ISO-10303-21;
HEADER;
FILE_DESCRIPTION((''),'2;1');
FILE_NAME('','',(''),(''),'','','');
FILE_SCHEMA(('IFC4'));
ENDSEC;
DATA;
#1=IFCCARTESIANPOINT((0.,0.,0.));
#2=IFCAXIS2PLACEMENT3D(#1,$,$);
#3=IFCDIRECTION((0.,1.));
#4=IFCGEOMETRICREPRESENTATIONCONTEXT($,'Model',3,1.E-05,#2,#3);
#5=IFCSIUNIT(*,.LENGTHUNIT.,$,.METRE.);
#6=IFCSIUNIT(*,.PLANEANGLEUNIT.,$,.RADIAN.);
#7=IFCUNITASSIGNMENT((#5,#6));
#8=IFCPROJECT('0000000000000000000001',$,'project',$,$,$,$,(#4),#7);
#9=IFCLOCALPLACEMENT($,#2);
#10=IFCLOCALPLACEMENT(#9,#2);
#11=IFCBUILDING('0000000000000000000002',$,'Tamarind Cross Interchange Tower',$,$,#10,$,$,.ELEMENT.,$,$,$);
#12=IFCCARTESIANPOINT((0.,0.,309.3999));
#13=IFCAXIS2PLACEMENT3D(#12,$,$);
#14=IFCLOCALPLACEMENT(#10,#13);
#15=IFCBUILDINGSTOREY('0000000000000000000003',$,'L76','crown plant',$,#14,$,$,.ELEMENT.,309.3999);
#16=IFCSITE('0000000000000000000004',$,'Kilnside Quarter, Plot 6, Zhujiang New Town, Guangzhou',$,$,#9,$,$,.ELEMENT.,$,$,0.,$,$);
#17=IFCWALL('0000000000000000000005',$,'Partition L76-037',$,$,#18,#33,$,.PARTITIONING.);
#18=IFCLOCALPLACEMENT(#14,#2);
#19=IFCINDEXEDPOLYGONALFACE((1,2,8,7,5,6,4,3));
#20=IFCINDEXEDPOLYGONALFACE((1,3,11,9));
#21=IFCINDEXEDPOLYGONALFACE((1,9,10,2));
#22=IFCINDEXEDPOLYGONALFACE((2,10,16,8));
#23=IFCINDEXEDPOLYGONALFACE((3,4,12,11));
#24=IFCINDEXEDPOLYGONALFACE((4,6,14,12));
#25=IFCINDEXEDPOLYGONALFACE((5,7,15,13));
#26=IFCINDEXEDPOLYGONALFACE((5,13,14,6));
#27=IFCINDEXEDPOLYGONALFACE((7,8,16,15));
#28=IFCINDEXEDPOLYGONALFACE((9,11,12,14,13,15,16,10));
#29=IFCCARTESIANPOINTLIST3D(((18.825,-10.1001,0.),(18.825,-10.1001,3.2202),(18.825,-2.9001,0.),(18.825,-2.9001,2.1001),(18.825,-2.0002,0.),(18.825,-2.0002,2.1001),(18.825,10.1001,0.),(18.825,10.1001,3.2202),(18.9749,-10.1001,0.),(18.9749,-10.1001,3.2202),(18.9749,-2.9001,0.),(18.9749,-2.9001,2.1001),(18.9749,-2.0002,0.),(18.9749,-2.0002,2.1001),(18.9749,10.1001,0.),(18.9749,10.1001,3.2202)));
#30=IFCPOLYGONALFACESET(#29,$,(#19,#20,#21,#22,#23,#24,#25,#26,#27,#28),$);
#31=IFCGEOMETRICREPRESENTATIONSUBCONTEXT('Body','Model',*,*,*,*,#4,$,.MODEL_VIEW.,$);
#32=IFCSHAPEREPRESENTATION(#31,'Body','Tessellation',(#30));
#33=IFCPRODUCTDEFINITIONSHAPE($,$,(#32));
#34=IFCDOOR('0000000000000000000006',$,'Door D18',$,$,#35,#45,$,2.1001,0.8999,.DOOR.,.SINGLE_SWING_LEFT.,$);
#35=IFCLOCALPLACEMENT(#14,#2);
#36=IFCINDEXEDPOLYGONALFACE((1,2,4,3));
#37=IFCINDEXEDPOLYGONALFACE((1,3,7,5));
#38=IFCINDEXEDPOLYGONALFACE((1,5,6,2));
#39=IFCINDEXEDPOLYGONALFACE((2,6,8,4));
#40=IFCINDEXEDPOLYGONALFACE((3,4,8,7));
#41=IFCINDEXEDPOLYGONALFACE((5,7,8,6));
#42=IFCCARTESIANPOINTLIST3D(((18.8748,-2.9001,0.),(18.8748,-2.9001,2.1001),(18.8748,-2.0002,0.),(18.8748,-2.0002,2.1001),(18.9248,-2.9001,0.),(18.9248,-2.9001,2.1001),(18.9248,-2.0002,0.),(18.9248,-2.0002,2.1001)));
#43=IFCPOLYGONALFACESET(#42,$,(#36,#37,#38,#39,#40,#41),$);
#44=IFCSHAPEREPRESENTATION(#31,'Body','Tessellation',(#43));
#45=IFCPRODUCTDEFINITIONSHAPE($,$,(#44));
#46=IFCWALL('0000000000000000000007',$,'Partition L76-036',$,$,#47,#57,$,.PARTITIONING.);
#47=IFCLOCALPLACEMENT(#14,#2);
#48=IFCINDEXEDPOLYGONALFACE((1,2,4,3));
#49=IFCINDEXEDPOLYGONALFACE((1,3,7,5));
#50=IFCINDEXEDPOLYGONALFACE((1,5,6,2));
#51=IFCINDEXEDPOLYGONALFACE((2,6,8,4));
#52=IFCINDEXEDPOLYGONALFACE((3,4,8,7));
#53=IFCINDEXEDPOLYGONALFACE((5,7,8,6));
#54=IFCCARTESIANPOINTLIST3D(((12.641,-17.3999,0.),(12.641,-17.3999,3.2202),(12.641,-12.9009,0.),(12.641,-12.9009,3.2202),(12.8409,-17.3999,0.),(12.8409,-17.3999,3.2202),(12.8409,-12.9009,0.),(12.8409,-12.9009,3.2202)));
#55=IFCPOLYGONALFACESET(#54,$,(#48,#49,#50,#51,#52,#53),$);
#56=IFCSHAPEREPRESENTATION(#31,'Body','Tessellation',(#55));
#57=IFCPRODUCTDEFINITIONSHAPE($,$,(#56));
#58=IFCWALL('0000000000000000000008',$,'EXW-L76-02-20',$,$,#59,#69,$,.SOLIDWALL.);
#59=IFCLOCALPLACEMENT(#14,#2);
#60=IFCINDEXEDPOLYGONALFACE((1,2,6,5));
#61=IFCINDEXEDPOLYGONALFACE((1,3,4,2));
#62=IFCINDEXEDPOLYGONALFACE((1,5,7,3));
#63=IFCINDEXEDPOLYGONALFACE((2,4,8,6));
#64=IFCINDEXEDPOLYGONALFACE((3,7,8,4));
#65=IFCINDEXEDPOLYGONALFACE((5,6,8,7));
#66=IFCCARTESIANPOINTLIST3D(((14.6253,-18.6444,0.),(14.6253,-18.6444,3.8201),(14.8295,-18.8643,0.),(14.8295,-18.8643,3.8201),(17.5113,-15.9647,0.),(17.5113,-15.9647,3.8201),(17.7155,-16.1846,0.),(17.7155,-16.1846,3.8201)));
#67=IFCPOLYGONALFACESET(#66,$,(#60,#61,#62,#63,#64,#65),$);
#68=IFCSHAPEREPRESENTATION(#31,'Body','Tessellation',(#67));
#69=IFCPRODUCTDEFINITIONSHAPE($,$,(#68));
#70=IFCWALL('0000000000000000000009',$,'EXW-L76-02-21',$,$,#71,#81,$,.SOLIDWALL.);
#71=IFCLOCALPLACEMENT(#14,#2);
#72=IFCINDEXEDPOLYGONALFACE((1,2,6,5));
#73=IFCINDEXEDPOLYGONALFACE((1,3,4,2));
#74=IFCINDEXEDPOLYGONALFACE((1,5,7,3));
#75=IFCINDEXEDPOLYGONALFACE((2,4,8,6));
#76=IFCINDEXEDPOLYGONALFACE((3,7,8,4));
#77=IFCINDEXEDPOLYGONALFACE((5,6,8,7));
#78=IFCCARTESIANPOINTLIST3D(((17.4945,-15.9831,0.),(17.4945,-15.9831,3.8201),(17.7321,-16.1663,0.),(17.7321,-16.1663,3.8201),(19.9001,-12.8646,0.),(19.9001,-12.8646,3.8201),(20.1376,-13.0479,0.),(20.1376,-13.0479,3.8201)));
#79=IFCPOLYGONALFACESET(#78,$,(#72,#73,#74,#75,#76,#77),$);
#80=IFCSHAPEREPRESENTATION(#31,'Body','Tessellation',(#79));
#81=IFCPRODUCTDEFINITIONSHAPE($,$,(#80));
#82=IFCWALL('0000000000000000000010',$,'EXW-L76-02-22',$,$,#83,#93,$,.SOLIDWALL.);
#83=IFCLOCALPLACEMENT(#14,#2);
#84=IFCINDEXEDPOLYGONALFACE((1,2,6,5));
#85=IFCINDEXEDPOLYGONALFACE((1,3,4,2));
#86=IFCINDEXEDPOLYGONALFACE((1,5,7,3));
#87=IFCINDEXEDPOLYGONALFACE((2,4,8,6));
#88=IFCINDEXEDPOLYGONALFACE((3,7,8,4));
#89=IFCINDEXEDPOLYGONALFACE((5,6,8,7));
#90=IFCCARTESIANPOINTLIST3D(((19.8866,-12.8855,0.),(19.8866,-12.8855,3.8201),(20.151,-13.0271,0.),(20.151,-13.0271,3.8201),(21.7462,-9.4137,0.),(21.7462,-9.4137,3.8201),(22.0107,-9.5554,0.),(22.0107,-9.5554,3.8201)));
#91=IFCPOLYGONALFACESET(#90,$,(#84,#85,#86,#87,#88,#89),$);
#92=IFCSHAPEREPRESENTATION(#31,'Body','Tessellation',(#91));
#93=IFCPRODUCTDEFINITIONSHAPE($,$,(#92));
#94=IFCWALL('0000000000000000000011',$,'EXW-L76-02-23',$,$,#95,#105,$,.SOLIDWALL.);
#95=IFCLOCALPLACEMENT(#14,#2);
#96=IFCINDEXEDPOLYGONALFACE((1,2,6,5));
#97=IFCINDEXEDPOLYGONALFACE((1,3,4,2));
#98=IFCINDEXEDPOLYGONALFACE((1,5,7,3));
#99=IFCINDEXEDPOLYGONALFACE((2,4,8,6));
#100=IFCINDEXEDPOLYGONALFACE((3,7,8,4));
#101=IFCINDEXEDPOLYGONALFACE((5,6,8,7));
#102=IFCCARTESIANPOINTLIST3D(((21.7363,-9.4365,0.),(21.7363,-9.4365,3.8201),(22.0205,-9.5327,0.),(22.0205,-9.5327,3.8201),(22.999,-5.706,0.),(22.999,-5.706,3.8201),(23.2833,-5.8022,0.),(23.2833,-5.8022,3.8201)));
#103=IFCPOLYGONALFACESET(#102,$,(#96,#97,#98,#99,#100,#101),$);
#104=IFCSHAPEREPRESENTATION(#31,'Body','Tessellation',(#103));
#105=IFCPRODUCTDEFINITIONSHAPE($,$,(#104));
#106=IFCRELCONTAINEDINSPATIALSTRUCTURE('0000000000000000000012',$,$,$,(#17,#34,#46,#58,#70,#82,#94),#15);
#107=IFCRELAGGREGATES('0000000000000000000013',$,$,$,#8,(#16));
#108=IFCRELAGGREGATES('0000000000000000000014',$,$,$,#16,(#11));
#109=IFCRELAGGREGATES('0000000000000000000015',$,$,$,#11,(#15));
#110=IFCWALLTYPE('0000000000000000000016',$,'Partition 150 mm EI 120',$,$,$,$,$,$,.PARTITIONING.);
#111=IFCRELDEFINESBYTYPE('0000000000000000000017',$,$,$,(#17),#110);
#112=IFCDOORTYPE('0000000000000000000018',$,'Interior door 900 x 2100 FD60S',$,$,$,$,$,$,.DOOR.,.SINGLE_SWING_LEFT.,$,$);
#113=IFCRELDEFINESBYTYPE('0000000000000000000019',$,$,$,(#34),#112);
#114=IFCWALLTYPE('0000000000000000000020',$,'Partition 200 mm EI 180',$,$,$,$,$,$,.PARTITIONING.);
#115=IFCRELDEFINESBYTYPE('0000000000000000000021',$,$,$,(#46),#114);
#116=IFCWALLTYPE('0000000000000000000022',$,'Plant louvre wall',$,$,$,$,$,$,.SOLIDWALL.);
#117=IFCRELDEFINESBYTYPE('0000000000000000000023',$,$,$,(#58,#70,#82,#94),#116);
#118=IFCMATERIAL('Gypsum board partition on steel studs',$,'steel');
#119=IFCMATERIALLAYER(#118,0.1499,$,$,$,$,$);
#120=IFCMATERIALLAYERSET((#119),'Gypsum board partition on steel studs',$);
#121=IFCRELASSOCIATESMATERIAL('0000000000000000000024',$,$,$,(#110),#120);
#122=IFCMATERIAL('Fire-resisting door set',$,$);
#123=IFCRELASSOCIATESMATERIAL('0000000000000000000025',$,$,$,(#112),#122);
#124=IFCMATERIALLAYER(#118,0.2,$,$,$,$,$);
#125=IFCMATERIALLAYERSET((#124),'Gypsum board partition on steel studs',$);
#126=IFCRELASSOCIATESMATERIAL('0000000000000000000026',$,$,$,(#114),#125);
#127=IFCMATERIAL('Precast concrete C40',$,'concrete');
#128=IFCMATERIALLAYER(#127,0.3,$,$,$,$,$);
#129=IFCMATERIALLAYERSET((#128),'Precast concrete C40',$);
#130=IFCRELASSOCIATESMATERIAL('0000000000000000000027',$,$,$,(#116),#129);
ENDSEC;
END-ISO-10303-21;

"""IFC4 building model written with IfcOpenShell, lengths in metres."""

from ifc_helpers import new_model, si_unit, direction, frame, frame_2d, origin, place, context, subcontext, project, spatial, rectangle, extrude, material, layer, layer_set, type_object, element, fill, save


model = new_model("IFC4")

# Units and contexts
model_context = context("Model", 3, precision=1e-05, world=origin(), true_north=direction((0.0, 1.0)))
body_context = subcontext(model_context, "Body", "Model", "MODEL_VIEW")
ifc_project = project(units=[si_unit("LENGTHUNIT", "METRE"), si_unit("PLANEANGLEUNIT", "RADIAN")], contexts=[model_context])

# Site, building, storey
site_placement = place(None, origin())
site = spatial("IfcSite", under=ifc_project, at=site_placement, Name="Kilnside Quarter, Plot 6, Zhujiang New Town, Guangzhou", CompositionType="ELEMENT", RefElevation=0.0)
building_placement = place(site_placement, origin())
building = spatial("IfcBuilding", under=site, at=building_placement, Name="Tamarind Cross Interchange Tower", CompositionType="ELEMENT")
storey_placement = place(building_placement, frame((0.0, 0.0, 309.3999)))
storey = spatial("IfcBuildingStorey", under=building, at=storey_placement, Name="L76", Description="crown plant", CompositionType="ELEMENT", Elevation=309.3999)

# Shared definitions
ifc_material_1 = material(Name="Gypsum board partition on steel studs", Category="steel")
ifc_layer_1 = layer(ifc_material_1, 0.1499)
ifc_layer_set_1 = layer_set([ifc_layer_1], Name="Gypsum board partition on steel studs")
wall_type_1 = type_object("IfcWallType", Name="Partition 150 mm EI 120", PredefinedType="PARTITIONING", material=ifc_layer_set_1)

# Wall, opening, door
wall_1_placement = place(storey_placement, frame((18.8999, -10.1001, 0.0), z_axis=(0.0, 0.0, 1.0), x_axis=(0.0, 1.0, 0.0)))
wall_1 = element("IfcWall", 1, at=wall_1_placement, inside=storey, type_object=wall_type_1, Name="Partition L76-037", PredefinedType="PARTITIONING", context=body_context, shape_type="SweptSolid", body=[
    extrude(rectangle(XDim=20.2002, YDim=0.1499, at=frame_2d((10.1001, 0.0))), origin(), (0.0, 0.0, 1.0), 3.2202),
])
opening_1_placement = place(wall_1_placement, frame((7.2, 0.0, 0.0)))
opening_1 = element("IfcOpeningElement", 2, at=opening_1_placement, cuts=wall_1, PredefinedType="OPENING", context=body_context, shape_type="SweptSolid", body=[
    extrude(rectangle(XDim=0.8999, YDim=2.1001, at=frame_2d((0.45, 1.05))), frame((0.0, 0.085, 0.0), z_axis=(0.0, -1.0, 0.0), x_axis=(1.0, 0.0, 0.0)), (0.0, 0.0, 1.0), 0.1699),
])
ifc_material_2 = material(Name="Fire-resisting door set")
door_type_1 = type_object("IfcDoorType", Name="Interior door 900 x 2100 FD60S", OperationType="SINGLE_SWING_LEFT", PredefinedType="DOOR", material=ifc_material_2)
door_1_placement = place(opening_1_placement, frame((0.8999, 0.0, 0.0), z_axis=(0.0, 0.0, 1.0), x_axis=(-1.0, 0.0, 0.0)))
door_1 = element("IfcDoor", 3, at=door_1_placement, inside=storey, type_object=door_type_1, Name="Door D18", OperationType="SINGLE_SWING_LEFT", OverallHeight=2.1001, OverallWidth=0.8999, PredefinedType="DOOR", context=body_context, shape_type="SweptSolid", body=[
    extrude(rectangle(XDim=0.8999, YDim=2.1001, at=frame_2d((0.45, 1.05))), frame((0.0, 0.0249, 0.0), z_axis=(0.0, -1.0, 0.0), x_axis=(1.0, 0.0, 0.0)), (0.0, 0.0, 1.0), 0.05),
])
fill(opening_1, door_1)

# Walls
ifc_layer_2 = layer(ifc_material_1, 0.2)
ifc_layer_set_2 = layer_set([ifc_layer_2], Name="Gypsum board partition on steel studs")
wall_type_2 = type_object("IfcWallType", Name="Partition 200 mm EI 180", PredefinedType="PARTITIONING", material=ifc_layer_set_2)
wall_2_placement = place(storey_placement, frame((12.741, -17.3999, 0.0), z_axis=(0.0, 0.0, 1.0), x_axis=(0.0, 1.0, 0.0)))
element("IfcWall", 4, at=wall_2_placement, inside=storey, type_object=wall_type_2, Name="Partition L76-036", PredefinedType="PARTITIONING", context=body_context, shape_type="SweptSolid", body=[
    extrude(rectangle(XDim=4.499, YDim=0.2, at=frame_2d((2.2495, 0.0))), origin(), (0.0, 0.0, 1.0), 3.2202),
])
ifc_material_3 = material(Name="Precast concrete C40", Category="concrete")
ifc_layer_3 = layer(ifc_material_3, 0.3)
ifc_layer_set_3 = layer_set([ifc_layer_3], Name="Precast concrete C40")
wall_type_3 = type_object("IfcWallType", Name="Plant louvre wall", PredefinedType="SOLIDWALL", material=ifc_layer_set_3)
wall_3_placement = place(storey_placement, frame((14.7273, -18.7544, 0.0), z_axis=(0.0, 0.0, 1.0), x_axis=(0.732813, 0.68043, 0.0)))
element("IfcWall", 5, at=wall_3_placement, inside=storey, type_object=wall_type_3, Name="EXW-L76-02-20", PredefinedType="SOLIDWALL", context=body_context, shape_type="SweptSolid", body=[
    extrude(rectangle(XDim=3.9382, YDim=0.3, at=frame_2d((1.9692, 0.0))), origin(), (0.0, 0.0, 1.0), 3.8201),
])
for number, where, z_axis, x_axis, name in (
    (6, (17.6133, -16.0747, 0.0), (0.0, 0.0, 1.0), (0.610786, 0.791796, 0.0), "EXW-L76-02-21"),
    (7, (20.0188, -12.9563, 0.0), (0.0, 0.0, 1.0), (0.47218, 0.881502, 0.0), "EXW-L76-02-22"),
    (8, (21.8784, -9.4846, 0.0), (0.0, 0.0, 1.0), (0.320613, 0.94721, 0.0), "EXW-L76-02-23"),
):
    element("IfcWall", number, at=place(storey_placement, frame(where, z_axis=z_axis, x_axis=x_axis)), inside=storey, type_object=wall_type_3, Name=name, PredefinedType="SOLIDWALL", context=body_context, shape_type="SweptSolid", body=[
        extrude(rectangle(XDim=3.9385, YDim=0.3, at=frame_2d((1.9692, 0.0))), origin(), (0.0, 0.0, 1.0), 3.8201),
    ])

save(model, "model.ifc")
